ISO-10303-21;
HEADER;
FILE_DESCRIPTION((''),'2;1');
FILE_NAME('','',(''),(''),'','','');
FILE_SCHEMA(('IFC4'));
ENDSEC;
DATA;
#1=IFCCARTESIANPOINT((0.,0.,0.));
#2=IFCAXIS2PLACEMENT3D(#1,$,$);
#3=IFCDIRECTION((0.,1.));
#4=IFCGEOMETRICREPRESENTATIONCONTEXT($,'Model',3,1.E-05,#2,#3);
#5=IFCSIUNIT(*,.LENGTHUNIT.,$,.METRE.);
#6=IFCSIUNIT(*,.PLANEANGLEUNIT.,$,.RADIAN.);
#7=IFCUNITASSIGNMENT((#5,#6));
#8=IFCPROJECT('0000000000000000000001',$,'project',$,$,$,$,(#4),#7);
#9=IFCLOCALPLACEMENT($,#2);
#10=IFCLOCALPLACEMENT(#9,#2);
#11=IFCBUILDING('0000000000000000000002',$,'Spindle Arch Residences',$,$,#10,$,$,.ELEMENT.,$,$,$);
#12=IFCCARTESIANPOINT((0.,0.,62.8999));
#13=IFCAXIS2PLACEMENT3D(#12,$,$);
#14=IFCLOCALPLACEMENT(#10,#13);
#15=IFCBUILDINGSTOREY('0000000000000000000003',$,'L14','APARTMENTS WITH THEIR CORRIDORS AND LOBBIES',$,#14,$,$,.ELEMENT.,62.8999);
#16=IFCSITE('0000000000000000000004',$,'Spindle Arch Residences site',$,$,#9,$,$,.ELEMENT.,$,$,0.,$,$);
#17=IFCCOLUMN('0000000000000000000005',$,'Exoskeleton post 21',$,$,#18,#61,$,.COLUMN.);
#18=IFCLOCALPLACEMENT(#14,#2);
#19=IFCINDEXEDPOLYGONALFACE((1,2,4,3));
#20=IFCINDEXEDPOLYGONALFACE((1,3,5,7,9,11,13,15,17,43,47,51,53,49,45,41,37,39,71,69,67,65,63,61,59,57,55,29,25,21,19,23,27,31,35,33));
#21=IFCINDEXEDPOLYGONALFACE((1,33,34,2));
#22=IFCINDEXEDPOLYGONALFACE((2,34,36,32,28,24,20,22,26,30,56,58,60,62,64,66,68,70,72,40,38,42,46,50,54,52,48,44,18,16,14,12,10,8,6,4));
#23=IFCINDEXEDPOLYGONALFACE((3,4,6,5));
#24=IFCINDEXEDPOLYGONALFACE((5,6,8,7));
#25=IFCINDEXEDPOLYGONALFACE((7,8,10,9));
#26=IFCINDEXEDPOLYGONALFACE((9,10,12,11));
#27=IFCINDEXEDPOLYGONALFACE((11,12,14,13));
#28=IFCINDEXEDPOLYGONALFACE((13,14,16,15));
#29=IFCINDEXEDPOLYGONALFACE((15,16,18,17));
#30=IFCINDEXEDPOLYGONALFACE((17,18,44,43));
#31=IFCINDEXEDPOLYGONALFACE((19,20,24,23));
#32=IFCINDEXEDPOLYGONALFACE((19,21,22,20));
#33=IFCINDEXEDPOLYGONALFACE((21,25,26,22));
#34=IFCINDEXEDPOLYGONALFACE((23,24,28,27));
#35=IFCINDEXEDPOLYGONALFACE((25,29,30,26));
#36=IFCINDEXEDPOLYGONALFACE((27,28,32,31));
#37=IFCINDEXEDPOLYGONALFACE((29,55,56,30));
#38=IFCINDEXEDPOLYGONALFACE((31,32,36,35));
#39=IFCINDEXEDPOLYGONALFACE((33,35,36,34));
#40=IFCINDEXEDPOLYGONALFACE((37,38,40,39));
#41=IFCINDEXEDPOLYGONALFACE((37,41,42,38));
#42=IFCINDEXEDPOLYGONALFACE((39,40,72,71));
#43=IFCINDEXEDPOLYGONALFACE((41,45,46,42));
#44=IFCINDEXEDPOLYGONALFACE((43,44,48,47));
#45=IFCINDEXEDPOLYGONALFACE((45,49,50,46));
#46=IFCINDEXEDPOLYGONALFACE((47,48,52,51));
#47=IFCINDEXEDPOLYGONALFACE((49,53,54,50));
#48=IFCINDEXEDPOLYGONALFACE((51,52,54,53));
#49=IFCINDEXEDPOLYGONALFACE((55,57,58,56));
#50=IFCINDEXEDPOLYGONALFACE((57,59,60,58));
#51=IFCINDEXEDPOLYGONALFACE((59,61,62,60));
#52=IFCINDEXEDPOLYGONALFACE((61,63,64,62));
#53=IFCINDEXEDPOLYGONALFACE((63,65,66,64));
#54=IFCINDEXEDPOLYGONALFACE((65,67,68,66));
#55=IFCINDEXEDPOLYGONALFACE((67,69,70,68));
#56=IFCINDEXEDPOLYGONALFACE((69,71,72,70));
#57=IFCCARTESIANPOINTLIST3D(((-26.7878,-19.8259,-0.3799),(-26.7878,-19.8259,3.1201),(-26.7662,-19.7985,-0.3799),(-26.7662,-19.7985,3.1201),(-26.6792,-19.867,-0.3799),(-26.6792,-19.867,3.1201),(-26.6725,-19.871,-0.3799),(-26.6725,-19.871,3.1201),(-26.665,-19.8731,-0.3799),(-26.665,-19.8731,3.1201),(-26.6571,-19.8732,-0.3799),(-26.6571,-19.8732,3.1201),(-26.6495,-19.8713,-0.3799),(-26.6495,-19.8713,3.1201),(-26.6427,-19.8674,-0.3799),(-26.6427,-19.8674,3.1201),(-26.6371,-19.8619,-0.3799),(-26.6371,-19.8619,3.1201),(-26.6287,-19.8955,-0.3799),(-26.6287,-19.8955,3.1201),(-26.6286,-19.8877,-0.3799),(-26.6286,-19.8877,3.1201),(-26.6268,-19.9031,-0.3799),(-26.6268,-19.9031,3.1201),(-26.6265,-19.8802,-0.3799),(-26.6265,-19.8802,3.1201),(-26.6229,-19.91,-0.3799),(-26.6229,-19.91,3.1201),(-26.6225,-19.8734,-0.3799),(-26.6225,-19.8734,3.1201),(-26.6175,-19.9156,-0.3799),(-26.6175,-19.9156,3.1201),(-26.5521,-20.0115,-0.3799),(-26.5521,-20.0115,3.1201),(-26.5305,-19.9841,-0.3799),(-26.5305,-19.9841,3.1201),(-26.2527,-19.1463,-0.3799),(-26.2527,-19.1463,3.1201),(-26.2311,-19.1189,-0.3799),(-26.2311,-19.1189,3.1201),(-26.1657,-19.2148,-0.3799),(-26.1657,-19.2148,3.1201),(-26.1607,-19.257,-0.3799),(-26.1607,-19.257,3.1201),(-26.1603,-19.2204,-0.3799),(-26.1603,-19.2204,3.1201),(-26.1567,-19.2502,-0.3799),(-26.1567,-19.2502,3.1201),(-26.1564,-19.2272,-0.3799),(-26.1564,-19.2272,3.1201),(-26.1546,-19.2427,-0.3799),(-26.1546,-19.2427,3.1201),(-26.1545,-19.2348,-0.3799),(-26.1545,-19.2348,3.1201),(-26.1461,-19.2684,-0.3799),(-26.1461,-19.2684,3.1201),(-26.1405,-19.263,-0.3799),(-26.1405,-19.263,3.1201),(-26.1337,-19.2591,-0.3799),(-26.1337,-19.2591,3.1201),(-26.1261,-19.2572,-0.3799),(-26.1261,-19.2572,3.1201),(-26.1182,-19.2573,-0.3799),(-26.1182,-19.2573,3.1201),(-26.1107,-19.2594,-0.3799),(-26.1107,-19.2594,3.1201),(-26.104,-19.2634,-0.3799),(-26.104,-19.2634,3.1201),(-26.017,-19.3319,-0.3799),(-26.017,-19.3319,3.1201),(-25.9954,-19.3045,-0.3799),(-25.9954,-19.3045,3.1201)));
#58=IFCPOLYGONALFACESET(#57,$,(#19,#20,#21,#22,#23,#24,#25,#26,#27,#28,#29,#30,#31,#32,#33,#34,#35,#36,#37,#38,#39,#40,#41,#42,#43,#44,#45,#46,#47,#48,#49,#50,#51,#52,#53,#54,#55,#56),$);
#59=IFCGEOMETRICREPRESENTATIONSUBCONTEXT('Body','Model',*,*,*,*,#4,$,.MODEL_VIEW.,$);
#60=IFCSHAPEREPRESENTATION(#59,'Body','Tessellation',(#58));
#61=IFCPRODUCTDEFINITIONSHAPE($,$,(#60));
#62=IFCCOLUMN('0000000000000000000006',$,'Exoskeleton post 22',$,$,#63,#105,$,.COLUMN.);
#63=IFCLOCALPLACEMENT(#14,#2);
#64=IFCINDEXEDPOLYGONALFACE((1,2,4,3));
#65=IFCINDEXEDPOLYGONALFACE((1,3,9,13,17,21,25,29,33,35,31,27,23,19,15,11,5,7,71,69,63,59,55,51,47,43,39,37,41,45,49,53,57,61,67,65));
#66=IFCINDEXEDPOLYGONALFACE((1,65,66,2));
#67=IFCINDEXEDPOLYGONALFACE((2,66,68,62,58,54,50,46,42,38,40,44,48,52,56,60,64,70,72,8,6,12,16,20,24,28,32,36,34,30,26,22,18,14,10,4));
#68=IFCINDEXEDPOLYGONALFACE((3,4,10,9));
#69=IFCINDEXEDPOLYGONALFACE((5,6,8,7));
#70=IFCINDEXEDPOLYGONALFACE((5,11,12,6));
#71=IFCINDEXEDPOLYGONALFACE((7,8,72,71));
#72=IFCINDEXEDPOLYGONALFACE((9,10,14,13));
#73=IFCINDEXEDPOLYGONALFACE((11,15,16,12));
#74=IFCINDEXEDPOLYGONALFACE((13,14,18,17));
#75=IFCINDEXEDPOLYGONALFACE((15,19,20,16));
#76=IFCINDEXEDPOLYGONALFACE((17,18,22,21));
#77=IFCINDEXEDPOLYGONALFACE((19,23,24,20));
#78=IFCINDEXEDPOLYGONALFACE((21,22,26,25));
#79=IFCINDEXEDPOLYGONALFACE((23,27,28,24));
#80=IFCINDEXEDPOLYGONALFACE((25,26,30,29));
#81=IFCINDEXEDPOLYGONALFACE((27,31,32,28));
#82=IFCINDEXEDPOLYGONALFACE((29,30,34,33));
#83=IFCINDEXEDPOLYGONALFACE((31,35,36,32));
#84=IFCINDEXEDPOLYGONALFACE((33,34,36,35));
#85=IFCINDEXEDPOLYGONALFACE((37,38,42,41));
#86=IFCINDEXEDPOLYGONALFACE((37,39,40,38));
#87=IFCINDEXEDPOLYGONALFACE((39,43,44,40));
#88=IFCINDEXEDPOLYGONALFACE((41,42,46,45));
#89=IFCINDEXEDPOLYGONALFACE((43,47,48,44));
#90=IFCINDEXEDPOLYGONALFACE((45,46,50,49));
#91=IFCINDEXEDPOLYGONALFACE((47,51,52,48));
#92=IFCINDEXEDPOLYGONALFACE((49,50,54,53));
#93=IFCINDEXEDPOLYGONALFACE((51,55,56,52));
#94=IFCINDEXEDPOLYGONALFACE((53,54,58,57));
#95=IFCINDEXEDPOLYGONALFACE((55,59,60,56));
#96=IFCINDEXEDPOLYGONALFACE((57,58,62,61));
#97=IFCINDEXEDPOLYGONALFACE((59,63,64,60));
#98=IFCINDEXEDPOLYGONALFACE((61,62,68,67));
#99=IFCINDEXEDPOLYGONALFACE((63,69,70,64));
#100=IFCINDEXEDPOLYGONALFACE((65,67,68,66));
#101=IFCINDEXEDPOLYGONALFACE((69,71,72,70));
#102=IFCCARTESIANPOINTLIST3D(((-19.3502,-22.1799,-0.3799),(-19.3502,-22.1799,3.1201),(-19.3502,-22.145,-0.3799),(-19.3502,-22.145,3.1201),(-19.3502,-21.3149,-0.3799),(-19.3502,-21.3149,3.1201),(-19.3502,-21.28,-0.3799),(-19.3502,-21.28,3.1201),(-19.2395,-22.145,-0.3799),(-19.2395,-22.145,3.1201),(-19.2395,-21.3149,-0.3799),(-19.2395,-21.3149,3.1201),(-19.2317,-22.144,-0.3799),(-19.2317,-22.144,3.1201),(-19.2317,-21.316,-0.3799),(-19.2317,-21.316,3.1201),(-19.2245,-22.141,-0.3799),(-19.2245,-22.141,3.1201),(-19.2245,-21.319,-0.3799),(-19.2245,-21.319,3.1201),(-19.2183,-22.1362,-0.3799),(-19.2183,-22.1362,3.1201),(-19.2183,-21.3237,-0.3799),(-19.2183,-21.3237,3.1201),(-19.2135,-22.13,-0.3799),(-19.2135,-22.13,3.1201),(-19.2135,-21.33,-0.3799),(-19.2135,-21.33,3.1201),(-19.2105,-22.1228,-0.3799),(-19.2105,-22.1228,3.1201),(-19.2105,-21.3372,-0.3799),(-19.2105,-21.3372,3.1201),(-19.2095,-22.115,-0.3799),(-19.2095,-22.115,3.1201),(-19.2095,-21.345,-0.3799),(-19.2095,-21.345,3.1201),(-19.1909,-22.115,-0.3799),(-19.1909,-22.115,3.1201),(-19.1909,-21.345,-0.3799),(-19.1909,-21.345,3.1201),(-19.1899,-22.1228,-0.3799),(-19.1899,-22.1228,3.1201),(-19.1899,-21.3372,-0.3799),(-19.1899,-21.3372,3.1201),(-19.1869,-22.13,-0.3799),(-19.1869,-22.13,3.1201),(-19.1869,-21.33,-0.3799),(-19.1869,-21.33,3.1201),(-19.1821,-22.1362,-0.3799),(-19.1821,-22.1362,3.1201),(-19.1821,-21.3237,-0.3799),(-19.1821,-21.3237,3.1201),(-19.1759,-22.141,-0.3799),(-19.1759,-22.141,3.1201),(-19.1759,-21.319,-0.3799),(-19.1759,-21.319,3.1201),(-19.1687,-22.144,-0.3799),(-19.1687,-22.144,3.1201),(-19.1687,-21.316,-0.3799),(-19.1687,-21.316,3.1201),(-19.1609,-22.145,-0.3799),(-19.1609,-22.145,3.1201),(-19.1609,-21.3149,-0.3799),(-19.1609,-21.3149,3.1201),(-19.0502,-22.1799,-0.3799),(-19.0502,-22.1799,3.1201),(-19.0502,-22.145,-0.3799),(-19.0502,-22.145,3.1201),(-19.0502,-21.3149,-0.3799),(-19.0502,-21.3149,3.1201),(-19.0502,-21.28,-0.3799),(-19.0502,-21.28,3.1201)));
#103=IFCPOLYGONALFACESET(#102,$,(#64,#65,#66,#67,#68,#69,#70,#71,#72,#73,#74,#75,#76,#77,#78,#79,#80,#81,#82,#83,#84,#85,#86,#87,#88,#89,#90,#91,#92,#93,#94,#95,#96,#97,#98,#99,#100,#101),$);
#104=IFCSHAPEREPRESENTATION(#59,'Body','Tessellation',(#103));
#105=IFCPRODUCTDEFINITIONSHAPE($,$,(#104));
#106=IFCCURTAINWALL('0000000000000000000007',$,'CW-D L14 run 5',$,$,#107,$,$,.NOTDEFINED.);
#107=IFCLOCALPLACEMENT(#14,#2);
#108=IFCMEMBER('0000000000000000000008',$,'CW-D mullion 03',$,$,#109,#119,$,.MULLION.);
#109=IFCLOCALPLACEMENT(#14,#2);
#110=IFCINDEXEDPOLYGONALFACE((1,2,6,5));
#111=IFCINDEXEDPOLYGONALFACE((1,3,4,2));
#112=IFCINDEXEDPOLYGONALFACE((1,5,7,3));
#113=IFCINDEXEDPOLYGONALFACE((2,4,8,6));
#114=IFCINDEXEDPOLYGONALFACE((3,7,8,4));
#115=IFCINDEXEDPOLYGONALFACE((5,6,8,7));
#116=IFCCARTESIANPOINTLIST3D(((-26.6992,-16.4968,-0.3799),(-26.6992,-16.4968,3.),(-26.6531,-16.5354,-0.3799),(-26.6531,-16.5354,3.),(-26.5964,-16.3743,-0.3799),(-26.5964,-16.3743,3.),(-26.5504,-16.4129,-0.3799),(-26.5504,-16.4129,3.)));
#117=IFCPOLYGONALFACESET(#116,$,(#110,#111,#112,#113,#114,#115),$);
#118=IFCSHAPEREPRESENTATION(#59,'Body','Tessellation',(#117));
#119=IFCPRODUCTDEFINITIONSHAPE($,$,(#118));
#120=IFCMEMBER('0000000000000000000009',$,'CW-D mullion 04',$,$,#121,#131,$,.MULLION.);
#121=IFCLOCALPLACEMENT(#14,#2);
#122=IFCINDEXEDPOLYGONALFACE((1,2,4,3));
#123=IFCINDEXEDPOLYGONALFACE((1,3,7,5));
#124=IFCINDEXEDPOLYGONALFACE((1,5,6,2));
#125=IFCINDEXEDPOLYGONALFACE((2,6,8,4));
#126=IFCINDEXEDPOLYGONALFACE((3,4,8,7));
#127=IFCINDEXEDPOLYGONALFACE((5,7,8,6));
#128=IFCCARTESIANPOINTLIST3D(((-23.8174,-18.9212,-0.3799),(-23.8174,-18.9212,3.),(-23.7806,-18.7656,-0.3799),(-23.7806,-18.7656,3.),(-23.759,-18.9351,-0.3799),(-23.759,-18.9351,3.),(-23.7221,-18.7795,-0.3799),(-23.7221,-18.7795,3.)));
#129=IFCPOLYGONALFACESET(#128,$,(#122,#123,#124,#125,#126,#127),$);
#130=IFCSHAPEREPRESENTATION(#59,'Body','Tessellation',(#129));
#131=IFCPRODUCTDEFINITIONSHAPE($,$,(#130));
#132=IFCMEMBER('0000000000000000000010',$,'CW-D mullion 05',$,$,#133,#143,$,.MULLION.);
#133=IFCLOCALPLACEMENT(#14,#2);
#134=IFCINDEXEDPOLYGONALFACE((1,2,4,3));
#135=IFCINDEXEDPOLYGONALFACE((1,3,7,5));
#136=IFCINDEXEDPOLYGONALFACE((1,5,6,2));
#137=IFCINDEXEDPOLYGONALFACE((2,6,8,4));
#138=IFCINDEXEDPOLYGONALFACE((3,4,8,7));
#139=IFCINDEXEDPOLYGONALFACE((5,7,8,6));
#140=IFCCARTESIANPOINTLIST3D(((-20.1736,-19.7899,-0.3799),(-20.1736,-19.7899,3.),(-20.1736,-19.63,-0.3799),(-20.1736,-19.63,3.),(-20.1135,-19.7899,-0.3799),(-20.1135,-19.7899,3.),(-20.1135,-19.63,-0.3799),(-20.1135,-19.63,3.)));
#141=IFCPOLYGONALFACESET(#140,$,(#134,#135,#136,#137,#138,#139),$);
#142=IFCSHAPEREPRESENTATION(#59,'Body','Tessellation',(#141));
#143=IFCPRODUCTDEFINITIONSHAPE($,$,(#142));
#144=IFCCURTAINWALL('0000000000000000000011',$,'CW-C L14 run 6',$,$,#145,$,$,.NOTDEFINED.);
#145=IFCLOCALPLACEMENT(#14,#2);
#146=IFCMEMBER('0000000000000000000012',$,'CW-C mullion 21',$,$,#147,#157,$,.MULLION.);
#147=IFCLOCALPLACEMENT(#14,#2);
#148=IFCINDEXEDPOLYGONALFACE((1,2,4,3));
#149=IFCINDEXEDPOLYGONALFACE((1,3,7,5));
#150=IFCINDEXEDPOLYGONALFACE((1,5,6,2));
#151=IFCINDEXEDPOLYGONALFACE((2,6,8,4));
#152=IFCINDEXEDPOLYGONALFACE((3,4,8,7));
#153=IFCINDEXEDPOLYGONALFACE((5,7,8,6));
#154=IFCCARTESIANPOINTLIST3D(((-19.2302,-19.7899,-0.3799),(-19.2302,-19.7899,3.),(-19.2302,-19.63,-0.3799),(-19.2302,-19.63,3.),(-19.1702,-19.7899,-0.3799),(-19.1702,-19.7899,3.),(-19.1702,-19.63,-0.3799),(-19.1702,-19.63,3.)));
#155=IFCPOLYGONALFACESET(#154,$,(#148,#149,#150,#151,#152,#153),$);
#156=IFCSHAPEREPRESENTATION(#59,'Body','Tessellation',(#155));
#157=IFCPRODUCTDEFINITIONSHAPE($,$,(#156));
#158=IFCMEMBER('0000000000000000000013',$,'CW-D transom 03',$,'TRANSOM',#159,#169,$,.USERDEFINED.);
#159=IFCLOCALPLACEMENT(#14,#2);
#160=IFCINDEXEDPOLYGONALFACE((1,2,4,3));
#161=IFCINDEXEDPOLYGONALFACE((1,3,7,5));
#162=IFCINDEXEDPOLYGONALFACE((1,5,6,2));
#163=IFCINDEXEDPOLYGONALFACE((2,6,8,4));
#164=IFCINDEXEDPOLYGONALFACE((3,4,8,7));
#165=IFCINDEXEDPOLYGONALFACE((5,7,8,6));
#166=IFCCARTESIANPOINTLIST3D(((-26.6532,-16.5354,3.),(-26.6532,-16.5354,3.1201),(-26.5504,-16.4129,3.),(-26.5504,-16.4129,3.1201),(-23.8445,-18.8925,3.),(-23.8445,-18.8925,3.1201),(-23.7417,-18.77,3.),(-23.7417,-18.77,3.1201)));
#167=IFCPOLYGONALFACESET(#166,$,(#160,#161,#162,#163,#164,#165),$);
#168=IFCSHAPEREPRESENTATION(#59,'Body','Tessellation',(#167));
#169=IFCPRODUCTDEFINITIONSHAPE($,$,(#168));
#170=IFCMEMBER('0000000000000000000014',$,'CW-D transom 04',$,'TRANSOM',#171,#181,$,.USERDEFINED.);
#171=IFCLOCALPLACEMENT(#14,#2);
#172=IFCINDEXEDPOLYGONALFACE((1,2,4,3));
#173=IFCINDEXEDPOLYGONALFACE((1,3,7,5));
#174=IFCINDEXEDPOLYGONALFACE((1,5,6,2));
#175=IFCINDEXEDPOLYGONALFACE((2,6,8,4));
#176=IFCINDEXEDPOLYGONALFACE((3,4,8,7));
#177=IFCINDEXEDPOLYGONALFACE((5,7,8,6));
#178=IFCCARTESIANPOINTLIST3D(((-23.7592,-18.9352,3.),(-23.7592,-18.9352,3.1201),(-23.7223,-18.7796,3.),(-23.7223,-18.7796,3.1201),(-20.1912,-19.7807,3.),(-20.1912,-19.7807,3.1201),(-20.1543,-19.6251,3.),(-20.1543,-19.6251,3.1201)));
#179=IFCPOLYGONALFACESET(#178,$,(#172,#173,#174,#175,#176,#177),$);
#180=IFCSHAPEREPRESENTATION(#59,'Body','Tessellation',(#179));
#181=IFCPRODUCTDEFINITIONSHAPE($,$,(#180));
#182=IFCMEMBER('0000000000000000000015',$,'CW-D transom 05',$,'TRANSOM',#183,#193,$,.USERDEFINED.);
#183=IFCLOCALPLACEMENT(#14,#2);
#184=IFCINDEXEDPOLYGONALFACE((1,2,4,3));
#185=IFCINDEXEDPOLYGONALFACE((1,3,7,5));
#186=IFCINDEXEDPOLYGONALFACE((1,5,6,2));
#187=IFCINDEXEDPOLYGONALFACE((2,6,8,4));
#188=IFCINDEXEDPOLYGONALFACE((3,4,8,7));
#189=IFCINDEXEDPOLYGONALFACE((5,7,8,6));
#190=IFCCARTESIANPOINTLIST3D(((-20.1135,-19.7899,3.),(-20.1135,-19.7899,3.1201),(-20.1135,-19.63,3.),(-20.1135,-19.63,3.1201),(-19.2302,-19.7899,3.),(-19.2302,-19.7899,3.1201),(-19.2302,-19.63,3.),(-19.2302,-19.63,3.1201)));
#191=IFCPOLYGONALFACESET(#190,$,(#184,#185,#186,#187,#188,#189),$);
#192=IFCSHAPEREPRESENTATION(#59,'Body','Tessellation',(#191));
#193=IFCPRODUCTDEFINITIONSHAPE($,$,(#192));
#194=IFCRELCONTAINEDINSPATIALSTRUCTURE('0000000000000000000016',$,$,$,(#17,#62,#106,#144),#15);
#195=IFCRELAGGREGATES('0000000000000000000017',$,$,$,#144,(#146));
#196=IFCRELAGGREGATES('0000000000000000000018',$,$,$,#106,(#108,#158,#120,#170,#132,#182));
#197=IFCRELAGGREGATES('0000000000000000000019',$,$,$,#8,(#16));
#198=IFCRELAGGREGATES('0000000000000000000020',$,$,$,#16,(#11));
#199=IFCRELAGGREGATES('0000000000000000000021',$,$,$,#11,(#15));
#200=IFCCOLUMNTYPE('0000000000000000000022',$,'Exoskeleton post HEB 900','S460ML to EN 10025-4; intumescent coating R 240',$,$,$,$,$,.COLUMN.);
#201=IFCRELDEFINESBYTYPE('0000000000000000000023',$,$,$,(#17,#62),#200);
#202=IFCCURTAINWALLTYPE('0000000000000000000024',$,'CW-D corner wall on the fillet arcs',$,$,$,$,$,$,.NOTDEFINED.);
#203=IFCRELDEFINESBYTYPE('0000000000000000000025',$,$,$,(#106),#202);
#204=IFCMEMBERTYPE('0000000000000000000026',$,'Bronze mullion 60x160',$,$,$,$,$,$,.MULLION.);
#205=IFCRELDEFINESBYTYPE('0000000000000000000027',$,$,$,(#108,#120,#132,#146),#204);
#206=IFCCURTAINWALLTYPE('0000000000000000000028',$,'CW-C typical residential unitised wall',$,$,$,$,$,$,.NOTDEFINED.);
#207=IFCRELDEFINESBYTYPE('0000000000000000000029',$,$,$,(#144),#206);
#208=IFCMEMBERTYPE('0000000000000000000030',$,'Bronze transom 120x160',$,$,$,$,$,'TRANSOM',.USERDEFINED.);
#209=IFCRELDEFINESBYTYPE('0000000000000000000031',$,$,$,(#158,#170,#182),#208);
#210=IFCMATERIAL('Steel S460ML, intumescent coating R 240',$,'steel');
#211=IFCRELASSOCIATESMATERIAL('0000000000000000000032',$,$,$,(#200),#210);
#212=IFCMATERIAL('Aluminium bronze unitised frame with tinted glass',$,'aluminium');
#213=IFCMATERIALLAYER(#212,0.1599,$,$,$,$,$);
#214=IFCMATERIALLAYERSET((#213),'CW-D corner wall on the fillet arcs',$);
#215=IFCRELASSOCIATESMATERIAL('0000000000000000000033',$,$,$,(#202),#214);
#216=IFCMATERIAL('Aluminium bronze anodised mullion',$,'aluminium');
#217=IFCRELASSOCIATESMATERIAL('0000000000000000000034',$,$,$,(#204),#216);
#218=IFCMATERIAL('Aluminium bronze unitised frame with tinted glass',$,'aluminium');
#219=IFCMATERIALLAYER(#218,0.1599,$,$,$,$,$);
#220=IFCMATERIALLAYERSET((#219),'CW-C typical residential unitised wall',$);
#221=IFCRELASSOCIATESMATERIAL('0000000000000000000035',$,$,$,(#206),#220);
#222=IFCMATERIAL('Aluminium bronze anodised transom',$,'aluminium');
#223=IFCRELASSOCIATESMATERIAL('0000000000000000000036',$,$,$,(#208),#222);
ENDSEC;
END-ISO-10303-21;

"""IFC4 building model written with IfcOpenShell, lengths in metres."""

from ifc_helpers import new_model, si_unit, direction, frame, origin, origin_2d, place, context, subcontext, project, spatial, rectangle, i_section, extrude, material, layer, layer_set, material_profile, profile_set, type_object, element, aggregate, save


model = new_model("IFC4")

# Units and contexts
model_context = context("Model", 3, precision=1e-05, world=origin(), true_north=direction((0.0, 1.0)))
body_context = subcontext(model_context, "Body", "Model", "MODEL_VIEW")
ifc_project = project(units=[si_unit("LENGTHUNIT", "METRE"), si_unit("PLANEANGLEUNIT", "RADIAN")], contexts=[model_context])

# Site, building, storey
site_placement = place(None, origin())
site = spatial("IfcSite", under=ifc_project, at=site_placement, Name="Spindle Arch Residences site", CompositionType="ELEMENT", RefElevation=0.0)
building_placement = place(site_placement, origin())
building = spatial("IfcBuilding", under=site, at=building_placement, Name="Spindle Arch Residences", CompositionType="ELEMENT")
storey_placement = place(building_placement, frame((0.0, 0.0, 62.8999)))
storey = spatial("IfcBuildingStorey", under=building, at=storey_placement, Name="L14", Description="APARTMENTS WITH THEIR CORRIDORS AND LOBBIES", CompositionType="ELEMENT", Elevation=62.8999)

# Columns
ifc_material_1 = material(Name="Steel S460ML, intumescent coating R 240", Category="steel")
ifc_material_profile_1 = material_profile(ifc_material_1, i_section(OverallWidth=0.3, OverallDepth=0.8999, WebThickness=0.0186, FlangeThickness=0.0349, FilletRadius=0.03, at=origin_2d()), Name="HEB 900")
ifc_profile_set_1 = profile_set([ifc_material_profile_1], Name="Steel S460ML, intumescent coating R 240")
column_type = type_object("IfcColumnType", Name="Exoskeleton post HEB 900", Description="S460ML to EN 10025-4; intumescent coating R 240", PredefinedType="COLUMN", material=ifc_profile_set_1)
for number, where, z_axis, x_axis, name in (
    (1, (-26.3916, -19.5652, -0.3799), (0.0, 0.0, 1.0), (-0.785684, 0.618629, 0.0), "Exoskeleton post 21"),
    (2, (-19.2002, -21.73, -0.3799), (0.0, 0.0, 1.0), (-1.0, 0.0, 0.0), "Exoskeleton post 22"),
):
    element("IfcColumn", number, at=place(storey_placement, frame(where, z_axis=z_axis, x_axis=x_axis)), inside=storey, type_object=column_type, Name=name, PredefinedType="COLUMN", context=body_context, shape_type="SweptSolid", body=[
        extrude(i_section(OverallWidth=0.3, OverallDepth=0.8999, WebThickness=0.0186, FlangeThickness=0.0349, FilletRadius=0.03, at=origin_2d()), origin(), (0.0, 0.0, 1.0), 3.5),
    ])

# Curtain wall, members
ifc_material_2 = material(Name="Aluminium bronze unitised frame with tinted glass", Category="aluminium")
ifc_layer_1 = layer(ifc_material_2, 0.1599)
ifc_layer_set_1 = layer_set([ifc_layer_1], Name="CW-D corner wall on the fillet arcs")
curtain_wall_type_1 = type_object("IfcCurtainWallType", Name="CW-D corner wall on the fillet arcs", PredefinedType="NOTDEFINED", material=ifc_layer_set_1)
curtain_wall_1_placement = place(storey_placement, origin())
curtain_wall_1 = element("IfcCurtainWall", 3, at=curtain_wall_1_placement, inside=storey, type_object=curtain_wall_type_1, Name="CW-D L14 run 5", PredefinedType="NOTDEFINED")
ifc_material_3 = material(Name="Aluminium bronze anodised mullion", Category="aluminium")
ifc_material_profile_2 = material_profile(ifc_material_3, rectangle(XDim=0.1599, YDim=0.0601, at=origin_2d()), Name="MU 60x160")
ifc_profile_set_2 = profile_set([ifc_material_profile_2], Name="Aluminium bronze anodised mullion")
member_type_1 = type_object("IfcMemberType", Name="Bronze mullion 60x160", PredefinedType="MULLION", material=ifc_profile_set_2)
member_1_placement = place(storey_placement, frame((-26.6248, -16.4548, -0.3799), z_axis=(0.0, 0.0, 1.0), x_axis=(0.642788, 0.766044, 0.0)))
member_1 = element("IfcMember", 4, at=member_1_placement, type_object=member_type_1, Name="CW-D mullion 03", PredefinedType="MULLION", context=body_context, shape_type="SweptSolid", body=[
    extrude(rectangle(XDim=0.1599, YDim=0.0601, at=origin_2d()), origin(), (0.0, 0.0, 1.0), 3.3799),
])
member_2_placement = place(storey_placement, frame((-23.7698, -18.8503, -0.3799), z_axis=(0.0, 0.0, 1.0), x_axis=(0.230616, 0.973045, 0.0)))
member_2 = element("IfcMember", 5, at=member_2_placement, type_object=member_type_1, Name="CW-D mullion 04", PredefinedType="MULLION", context=body_context, shape_type="SweptSolid", body=[
    extrude(rectangle(XDim=0.1599, YDim=0.0601, at=origin_2d()), origin(), (0.0, 0.0, 1.0), 3.3799),
])
member_3_placement = place(storey_placement, frame((-20.1436, -19.71, -0.3799), z_axis=(0.0, 0.0, 1.0), x_axis=(0.0, 1.0, 0.0)))
member_3 = element("IfcMember", 6, at=member_3_placement, type_object=member_type_1, Name="CW-D mullion 05", PredefinedType="MULLION", context=body_context, shape_type="SweptSolid", body=[
    extrude(rectangle(XDim=0.1599, YDim=0.0601, at=origin_2d()), origin(), (0.0, 0.0, 1.0), 3.3799),
])

# Curtain wall, member
ifc_material_4 = material(Name="Aluminium bronze unitised frame with tinted glass", Category="aluminium")
ifc_layer_2 = layer(ifc_material_4, 0.1599)
ifc_layer_set_2 = layer_set([ifc_layer_2], Name="CW-C typical residential unitised wall")
curtain_wall_type_2 = type_object("IfcCurtainWallType", Name="CW-C typical residential unitised wall", PredefinedType="NOTDEFINED", material=ifc_layer_set_2)
curtain_wall_2_placement = place(storey_placement, origin())
curtain_wall_2 = element("IfcCurtainWall", 7, at=curtain_wall_2_placement, inside=storey, type_object=curtain_wall_type_2, Name="CW-C L14 run 6", PredefinedType="NOTDEFINED")
member_4_placement = place(storey_placement, frame((-19.2002, -19.71, -0.3799), z_axis=(0.0, 0.0, 1.0), x_axis=(0.0, 1.0, 0.0)))
member_4 = element("IfcMember", 8, at=member_4_placement, type_object=member_type_1, Name="CW-C mullion 21", PredefinedType="MULLION", context=body_context, shape_type="SweptSolid", body=[
    extrude(rectangle(XDim=0.1599, YDim=0.0601, at=origin_2d()), origin(), (0.0, 0.0, 1.0), 3.3799),
])

# Members
ifc_material_5 = material(Name="Aluminium bronze anodised transom", Category="aluminium")
ifc_material_profile_3 = material_profile(ifc_material_5, rectangle(XDim=0.1599, YDim=0.1201, at=origin_2d()), Name="TR 120x160")
ifc_profile_set_3 = profile_set([ifc_material_profile_3], Name="Aluminium bronze anodised transom")
member_type_2 = type_object("IfcMemberType", Name="Bronze transom 120x160", ElementType="TRANSOM", PredefinedType="USERDEFINED", material=ifc_profile_set_3)
member_5_placement = place(storey_placement, frame((-26.6018, -16.4741, 3.0601), z_axis=(0.766006, -0.642833, 0.0), x_axis=(0.642833, 0.766006, 0.0)))
member_5 = element("IfcMember", 9, at=member_5_placement, type_object=member_type_2, Name="CW-D transom 03", ObjectType="TRANSOM", PredefinedType="USERDEFINED", context=body_context, shape_type="SweptSolid", body=[
    extrude(rectangle(XDim=0.1599, YDim=0.1201, at=origin_2d()), origin(), (0.0, 0.0, 1.0), 3.6667),
])
member_6_placement = place(storey_placement, frame((-23.7407, -18.8574, 3.0601), z_axis=(0.973054, -0.230579, 0.0), x_axis=(0.230579, 0.973054, 0.0)))
member_6 = element("IfcMember", 10, at=member_6_placement, type_object=member_type_2, Name="CW-D transom 04", ObjectType="TRANSOM", PredefinedType="USERDEFINED", context=body_context, shape_type="SweptSolid", body=[
    extrude(rectangle(XDim=0.1599, YDim=0.1201, at=origin_2d()), origin(), (0.0, 0.0, 1.0), 3.6667),
])
member_7_placement = place(storey_placement, frame((-20.1135, -19.71, 3.0601), z_axis=(1.0, 0.0, 0.0), x_axis=(0.0, 1.0, 0.0)))
member_7 = element("IfcMember", 11, at=member_7_placement, type_object=member_type_2, Name="CW-D transom 05", ObjectType="TRANSOM", PredefinedType="USERDEFINED", context=body_context, shape_type="SweptSolid", body=[
    extrude(rectangle(XDim=0.1599, YDim=0.1201, at=origin_2d()), origin(), (0.0, 0.0, 1.0), 0.8833),
])
aggregate(curtain_wall_2, [member_4])

aggregate(curtain_wall_1, [member_1, member_5, member_2, member_6, member_3, member_7])

save(model, "model.ifc")
